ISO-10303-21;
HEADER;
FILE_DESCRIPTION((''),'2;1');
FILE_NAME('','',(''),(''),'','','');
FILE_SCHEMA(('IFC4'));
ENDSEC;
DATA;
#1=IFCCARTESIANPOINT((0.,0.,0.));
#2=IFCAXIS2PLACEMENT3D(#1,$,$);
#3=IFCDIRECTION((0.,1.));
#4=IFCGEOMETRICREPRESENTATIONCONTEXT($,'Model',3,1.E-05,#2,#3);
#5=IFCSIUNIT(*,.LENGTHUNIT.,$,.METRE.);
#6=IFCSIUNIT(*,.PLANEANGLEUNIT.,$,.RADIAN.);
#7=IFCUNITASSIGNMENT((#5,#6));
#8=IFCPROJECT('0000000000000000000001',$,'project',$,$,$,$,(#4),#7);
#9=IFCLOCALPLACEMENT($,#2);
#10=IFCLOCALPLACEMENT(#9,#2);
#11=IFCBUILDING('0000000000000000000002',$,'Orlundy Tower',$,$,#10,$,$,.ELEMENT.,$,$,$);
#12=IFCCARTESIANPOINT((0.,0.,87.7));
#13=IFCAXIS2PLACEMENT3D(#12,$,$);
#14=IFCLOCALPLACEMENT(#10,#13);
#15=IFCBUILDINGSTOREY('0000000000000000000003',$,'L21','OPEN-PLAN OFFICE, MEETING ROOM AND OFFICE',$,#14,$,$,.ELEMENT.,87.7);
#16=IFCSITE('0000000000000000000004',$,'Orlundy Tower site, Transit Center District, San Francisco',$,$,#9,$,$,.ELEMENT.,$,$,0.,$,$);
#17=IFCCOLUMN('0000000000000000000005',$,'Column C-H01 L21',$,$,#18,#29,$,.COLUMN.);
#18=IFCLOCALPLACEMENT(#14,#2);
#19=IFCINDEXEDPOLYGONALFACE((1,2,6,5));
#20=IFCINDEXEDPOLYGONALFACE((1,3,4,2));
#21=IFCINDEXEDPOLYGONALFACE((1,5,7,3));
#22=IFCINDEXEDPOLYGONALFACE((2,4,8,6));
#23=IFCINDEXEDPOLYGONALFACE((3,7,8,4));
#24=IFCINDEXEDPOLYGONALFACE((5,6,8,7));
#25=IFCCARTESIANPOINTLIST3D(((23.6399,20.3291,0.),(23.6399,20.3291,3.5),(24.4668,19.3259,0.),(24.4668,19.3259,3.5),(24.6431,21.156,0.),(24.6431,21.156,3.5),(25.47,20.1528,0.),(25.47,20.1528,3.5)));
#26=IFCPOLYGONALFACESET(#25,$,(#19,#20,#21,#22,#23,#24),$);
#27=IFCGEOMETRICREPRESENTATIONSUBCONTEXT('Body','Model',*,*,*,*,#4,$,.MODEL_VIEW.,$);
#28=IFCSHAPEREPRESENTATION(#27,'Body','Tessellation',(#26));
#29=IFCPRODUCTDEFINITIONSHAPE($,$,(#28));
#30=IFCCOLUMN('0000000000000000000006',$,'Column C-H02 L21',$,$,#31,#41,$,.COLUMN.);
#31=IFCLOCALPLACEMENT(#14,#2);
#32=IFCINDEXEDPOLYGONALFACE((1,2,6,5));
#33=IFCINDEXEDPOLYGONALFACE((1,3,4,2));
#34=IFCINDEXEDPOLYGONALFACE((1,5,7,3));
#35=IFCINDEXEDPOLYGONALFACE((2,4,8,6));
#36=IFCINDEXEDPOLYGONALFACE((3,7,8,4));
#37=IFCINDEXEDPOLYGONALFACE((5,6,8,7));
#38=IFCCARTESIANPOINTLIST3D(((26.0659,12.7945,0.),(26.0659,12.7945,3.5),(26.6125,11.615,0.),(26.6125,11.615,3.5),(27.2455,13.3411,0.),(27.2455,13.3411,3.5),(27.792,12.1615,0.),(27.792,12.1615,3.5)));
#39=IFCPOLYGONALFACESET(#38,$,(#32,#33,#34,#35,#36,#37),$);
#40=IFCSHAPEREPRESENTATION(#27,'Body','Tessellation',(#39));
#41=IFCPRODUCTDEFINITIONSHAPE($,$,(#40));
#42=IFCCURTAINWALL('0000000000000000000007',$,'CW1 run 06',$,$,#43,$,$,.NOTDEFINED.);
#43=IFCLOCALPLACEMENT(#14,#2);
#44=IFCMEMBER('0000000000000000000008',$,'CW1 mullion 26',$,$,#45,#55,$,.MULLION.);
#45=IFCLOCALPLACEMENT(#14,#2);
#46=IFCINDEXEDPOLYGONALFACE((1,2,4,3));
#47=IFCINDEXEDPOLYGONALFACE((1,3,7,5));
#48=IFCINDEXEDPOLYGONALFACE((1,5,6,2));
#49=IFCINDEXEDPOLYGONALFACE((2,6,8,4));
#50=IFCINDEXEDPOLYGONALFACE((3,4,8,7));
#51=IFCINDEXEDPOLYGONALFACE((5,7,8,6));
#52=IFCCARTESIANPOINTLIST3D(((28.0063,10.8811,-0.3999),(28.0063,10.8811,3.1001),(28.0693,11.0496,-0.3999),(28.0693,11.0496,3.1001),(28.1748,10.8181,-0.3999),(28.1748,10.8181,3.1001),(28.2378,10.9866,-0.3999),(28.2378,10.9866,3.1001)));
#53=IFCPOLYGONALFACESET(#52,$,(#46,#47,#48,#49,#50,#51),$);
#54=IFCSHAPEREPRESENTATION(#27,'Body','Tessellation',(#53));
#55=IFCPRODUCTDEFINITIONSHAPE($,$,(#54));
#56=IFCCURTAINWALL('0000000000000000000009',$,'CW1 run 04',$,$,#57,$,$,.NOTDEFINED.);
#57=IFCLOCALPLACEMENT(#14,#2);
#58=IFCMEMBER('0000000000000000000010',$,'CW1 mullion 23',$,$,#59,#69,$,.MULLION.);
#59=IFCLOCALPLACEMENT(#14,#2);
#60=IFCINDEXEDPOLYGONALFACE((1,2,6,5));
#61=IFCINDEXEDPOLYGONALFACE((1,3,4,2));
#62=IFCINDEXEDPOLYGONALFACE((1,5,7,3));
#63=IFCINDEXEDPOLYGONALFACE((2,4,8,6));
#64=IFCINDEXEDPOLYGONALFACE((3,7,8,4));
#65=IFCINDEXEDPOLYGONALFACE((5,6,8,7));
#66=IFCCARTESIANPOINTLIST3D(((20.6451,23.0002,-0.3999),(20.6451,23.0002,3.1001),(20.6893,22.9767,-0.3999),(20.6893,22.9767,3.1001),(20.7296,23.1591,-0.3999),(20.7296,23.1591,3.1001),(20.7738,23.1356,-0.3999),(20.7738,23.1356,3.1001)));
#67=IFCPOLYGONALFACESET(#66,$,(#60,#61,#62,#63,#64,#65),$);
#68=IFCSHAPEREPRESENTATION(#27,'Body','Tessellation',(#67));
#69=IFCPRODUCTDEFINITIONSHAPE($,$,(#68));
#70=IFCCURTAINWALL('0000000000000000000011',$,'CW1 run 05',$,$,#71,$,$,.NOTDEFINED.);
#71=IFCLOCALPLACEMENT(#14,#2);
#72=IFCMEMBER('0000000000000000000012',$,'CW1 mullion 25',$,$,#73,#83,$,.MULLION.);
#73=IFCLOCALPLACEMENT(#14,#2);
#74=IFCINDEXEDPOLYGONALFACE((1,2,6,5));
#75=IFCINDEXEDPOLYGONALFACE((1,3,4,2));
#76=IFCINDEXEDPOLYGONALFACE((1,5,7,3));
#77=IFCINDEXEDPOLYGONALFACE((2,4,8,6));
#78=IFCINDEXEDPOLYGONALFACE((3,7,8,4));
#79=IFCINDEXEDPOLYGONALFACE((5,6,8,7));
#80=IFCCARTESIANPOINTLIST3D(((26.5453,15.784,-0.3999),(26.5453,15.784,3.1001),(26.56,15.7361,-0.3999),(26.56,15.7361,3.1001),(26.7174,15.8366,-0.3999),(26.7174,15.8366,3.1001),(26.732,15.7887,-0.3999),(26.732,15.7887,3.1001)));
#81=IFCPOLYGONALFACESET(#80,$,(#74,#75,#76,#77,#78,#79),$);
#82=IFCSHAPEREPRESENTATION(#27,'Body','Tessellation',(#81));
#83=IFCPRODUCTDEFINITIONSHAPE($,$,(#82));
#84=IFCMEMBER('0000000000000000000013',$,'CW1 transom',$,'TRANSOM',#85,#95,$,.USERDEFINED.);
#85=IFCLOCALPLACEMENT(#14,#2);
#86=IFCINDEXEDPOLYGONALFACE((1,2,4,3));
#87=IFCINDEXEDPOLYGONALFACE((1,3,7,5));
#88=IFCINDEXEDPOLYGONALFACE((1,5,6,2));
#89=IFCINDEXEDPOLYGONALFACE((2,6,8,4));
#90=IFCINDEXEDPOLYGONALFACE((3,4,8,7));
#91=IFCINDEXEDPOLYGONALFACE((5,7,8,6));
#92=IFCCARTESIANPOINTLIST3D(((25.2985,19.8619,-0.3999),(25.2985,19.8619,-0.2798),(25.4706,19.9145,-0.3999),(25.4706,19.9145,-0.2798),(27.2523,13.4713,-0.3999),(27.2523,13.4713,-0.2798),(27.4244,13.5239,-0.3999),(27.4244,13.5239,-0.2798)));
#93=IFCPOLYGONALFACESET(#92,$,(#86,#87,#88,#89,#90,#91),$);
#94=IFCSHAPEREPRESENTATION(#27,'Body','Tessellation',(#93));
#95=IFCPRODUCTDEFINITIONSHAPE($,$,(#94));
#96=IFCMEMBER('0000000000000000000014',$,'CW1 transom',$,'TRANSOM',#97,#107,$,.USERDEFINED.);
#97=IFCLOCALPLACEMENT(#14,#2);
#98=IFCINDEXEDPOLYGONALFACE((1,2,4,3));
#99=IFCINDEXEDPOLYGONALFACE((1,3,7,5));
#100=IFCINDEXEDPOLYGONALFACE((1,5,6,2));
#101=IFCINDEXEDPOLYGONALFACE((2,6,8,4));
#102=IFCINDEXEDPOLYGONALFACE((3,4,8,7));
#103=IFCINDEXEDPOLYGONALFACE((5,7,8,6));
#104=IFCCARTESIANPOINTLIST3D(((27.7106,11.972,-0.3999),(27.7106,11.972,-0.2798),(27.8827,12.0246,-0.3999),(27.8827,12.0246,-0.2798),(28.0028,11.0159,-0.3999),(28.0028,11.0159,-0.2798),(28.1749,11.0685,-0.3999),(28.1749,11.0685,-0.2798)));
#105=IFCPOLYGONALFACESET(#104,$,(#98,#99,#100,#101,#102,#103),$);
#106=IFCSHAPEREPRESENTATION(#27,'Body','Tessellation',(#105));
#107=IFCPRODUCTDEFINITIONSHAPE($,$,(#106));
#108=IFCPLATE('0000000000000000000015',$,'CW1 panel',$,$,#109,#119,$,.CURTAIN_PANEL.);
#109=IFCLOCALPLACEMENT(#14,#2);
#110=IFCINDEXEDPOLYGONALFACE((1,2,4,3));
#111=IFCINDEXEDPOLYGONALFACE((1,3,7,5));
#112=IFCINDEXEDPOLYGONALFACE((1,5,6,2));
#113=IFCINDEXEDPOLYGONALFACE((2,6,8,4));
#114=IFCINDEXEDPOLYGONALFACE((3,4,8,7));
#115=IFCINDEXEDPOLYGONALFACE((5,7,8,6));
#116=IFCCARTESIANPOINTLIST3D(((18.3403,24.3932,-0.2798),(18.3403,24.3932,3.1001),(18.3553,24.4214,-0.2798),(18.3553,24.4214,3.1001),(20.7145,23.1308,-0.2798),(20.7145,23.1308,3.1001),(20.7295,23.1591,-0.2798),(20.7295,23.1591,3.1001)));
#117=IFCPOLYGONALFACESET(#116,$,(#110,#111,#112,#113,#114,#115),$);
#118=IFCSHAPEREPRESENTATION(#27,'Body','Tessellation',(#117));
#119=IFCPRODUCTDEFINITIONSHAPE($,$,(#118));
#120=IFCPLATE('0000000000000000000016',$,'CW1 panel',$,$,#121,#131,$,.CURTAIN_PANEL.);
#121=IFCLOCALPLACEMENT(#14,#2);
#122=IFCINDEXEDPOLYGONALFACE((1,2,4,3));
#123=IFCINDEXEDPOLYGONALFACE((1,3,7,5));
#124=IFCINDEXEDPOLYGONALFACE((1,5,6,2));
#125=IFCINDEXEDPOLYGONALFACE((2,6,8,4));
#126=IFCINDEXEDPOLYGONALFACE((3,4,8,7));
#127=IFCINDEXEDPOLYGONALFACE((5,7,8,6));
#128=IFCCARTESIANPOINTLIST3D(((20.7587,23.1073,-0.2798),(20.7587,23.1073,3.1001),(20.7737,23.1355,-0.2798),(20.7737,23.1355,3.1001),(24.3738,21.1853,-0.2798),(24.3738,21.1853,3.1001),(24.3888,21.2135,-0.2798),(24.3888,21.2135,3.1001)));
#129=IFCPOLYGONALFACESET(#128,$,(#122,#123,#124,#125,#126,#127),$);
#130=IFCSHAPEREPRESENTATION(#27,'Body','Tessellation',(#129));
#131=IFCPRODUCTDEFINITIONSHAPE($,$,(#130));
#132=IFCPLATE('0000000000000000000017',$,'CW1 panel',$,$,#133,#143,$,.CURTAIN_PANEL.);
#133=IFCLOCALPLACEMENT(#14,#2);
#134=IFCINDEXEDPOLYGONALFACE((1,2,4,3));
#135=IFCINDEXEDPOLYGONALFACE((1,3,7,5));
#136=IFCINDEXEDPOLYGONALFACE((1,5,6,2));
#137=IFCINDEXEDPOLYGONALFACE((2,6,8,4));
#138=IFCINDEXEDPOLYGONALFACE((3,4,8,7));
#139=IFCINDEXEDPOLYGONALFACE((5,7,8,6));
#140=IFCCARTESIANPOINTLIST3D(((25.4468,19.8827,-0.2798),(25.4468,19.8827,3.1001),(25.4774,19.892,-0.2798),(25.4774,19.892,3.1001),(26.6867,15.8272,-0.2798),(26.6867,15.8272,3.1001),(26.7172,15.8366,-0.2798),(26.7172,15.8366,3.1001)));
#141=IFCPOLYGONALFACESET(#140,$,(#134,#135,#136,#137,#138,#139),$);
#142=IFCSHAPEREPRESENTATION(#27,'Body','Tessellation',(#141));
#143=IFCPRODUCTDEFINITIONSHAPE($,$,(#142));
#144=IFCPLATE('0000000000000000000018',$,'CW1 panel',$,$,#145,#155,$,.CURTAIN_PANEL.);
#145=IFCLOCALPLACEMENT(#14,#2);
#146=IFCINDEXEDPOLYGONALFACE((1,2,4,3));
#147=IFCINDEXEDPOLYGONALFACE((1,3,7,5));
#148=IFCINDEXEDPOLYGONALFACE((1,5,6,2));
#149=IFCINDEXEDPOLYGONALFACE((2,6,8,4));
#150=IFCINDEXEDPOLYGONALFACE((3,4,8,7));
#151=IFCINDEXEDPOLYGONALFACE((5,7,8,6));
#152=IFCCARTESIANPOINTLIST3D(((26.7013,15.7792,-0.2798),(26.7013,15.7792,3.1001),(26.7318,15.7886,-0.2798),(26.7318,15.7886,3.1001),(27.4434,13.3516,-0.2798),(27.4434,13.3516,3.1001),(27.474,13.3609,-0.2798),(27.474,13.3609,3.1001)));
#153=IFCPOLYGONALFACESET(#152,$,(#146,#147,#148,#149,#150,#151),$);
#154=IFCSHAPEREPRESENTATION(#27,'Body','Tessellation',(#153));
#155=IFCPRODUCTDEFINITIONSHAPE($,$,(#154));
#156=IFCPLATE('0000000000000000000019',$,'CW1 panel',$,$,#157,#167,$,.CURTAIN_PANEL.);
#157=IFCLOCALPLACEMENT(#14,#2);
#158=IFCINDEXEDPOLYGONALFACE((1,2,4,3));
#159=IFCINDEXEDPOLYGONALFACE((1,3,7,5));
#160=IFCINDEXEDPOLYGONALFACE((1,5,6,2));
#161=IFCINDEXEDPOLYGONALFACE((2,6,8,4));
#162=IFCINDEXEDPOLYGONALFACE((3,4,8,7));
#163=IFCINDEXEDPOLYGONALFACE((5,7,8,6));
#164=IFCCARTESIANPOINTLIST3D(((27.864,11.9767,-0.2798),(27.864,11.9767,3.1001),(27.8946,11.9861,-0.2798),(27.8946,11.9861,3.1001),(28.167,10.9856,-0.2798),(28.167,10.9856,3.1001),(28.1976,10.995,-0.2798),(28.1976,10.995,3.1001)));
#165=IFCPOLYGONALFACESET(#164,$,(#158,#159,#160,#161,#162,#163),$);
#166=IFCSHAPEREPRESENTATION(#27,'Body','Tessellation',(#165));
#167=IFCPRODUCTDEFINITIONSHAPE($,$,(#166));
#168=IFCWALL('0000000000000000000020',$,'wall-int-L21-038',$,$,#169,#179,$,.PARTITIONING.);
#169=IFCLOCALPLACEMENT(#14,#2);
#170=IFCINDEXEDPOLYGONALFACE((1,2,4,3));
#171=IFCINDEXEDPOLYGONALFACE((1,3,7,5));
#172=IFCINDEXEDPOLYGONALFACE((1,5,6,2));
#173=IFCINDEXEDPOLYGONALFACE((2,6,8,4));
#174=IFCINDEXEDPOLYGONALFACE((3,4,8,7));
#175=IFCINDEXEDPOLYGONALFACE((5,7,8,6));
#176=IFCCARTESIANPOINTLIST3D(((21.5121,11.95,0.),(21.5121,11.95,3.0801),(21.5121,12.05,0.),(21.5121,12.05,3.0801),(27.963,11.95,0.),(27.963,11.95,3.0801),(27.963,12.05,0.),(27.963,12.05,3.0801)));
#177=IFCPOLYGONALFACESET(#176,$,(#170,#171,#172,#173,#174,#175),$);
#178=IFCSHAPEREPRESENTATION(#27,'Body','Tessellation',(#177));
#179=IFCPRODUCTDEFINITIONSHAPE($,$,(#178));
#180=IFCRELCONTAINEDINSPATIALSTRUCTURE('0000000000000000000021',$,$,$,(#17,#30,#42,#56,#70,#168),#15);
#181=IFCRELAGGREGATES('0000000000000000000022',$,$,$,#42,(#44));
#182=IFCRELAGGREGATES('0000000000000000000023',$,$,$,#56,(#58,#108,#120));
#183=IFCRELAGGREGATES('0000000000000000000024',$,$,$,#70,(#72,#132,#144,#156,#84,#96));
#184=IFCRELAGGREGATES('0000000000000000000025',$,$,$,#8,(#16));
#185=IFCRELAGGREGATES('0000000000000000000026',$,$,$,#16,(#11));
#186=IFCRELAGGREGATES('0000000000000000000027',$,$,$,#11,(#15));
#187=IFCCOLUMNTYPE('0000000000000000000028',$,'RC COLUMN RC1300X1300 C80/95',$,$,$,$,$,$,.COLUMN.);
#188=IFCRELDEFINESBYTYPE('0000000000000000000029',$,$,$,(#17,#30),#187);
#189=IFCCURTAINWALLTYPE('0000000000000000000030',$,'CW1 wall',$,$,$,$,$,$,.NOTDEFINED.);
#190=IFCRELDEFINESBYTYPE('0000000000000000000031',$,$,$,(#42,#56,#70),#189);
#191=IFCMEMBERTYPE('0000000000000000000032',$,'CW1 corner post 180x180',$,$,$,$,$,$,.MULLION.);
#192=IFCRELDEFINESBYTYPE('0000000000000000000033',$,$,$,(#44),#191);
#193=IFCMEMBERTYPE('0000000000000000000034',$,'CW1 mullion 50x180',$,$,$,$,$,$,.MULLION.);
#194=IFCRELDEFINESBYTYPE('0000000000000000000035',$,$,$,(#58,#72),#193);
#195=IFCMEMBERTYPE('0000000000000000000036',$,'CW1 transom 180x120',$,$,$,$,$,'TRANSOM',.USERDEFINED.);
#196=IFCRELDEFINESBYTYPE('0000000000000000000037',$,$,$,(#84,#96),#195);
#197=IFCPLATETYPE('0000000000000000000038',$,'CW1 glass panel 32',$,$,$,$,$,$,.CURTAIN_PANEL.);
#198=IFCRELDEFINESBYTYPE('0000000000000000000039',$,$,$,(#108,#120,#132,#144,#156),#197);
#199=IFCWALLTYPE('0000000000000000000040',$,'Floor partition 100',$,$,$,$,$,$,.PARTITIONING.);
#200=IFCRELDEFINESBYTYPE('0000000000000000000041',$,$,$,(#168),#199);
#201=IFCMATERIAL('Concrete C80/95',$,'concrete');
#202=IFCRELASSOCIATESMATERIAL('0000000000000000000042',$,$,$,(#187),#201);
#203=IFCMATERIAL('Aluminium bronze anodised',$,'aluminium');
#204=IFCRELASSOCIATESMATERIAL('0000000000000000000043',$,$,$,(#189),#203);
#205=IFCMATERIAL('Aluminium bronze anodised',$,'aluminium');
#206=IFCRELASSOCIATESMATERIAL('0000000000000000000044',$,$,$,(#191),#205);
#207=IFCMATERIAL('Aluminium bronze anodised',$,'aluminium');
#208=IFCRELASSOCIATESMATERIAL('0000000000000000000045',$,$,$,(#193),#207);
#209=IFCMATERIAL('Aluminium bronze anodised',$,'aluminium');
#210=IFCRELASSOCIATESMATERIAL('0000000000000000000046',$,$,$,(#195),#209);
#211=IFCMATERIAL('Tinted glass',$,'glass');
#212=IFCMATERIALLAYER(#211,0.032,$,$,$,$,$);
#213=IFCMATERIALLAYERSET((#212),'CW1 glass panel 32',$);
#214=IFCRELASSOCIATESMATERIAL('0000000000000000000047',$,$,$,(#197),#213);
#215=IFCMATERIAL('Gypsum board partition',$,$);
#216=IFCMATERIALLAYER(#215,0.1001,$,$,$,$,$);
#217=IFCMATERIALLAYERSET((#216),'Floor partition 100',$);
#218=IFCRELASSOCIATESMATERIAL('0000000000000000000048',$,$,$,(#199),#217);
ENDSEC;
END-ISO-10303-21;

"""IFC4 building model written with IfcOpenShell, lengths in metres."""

from ifc_helpers import new_model, si_unit, direction, frame, frame_2d, origin, origin_2d, place, context, subcontext, project, spatial, rectangle, extrude, material, layer, layer_set, material_profile, profile_set, type_object, element, aggregate, save


model = new_model("IFC4")

# Units and contexts
model_context = context("Model", 3, precision=1e-05, world=origin(), true_north=direction((0.0, 1.0)))
body_context = subcontext(model_context, "Body", "Model", "MODEL_VIEW")
ifc_project = project(units=[si_unit("LENGTHUNIT", "METRE"), si_unit("PLANEANGLEUNIT", "RADIAN")], contexts=[model_context])

# Site, building, storey
site_placement = place(None, origin())
site = spatial("IfcSite", under=ifc_project, at=site_placement, Name="Orlundy Tower site, Transit Center District, San Francisco", CompositionType="ELEMENT", RefElevation=0.0)
building_placement = place(site_placement, origin())
building = spatial("IfcBuilding", under=site, at=building_placement, Name="Orlundy Tower", CompositionType="ELEMENT")
storey_placement = place(building_placement, frame((0.0, 0.0, 87.7)))
storey = spatial("IfcBuildingStorey", under=building, at=storey_placement, Name="L21", Description="OPEN-PLAN OFFICE, MEETING ROOM AND OFFICE", CompositionType="ELEMENT", Elevation=87.7)

# Columns
ifc_material_1 = material(Name="Concrete C80/95", Category="concrete")
ifc_material_profile_1 = material_profile(ifc_material_1, rectangle(XDim=1.3, YDim=1.3, at=origin_2d()), Name="RC1300X1300")
ifc_profile_set_1 = profile_set([ifc_material_profile_1], Name="Concrete C80/95")
column_type = type_object("IfcColumnType", Name="RC COLUMN RC1300X1300 C80/95", PredefinedType="COLUMN", material=ifc_profile_set_1)
for number, where, z_axis, x_axis, name in (
    (1, (24.5549, 20.241, 0.0), (0.0, 0.0, 1.0), (0.771636, 0.636065, 0.0), "Column C-H01 L21"),
    (2, (26.929, 12.478, 0.0), (0.0, 0.0, 1.0), (0.90733, 0.420418, 0.0), "Column C-H02 L21"),
):
    element("IfcColumn", number, at=place(storey_placement, frame(where, z_axis=z_axis, x_axis=x_axis)), inside=storey, type_object=column_type, Name=name, PredefinedType="COLUMN", context=body_context, shape_type="SweptSolid", body=[
        extrude(rectangle(XDim=1.3, YDim=1.3, at=origin_2d()), origin(), (0.0, 0.0, 1.0), 3.5),
    ])

# Curtain walls, members
ifc_material_2 = material(Name="Aluminium bronze anodised", Category="aluminium")
curtain_wall_type = type_object("IfcCurtainWallType", Name="CW1 wall", PredefinedType="NOTDEFINED", material=ifc_material_2)
curtain_wall_1_placement = place(storey_placement, origin())
curtain_wall_1 = element("IfcCurtainWall", 3, at=curtain_wall_1_placement, inside=storey, type_object=curtain_wall_type, Name="CW1 run 06", PredefinedType="NOTDEFINED")
ifc_material_3 = material(Name="Aluminium bronze anodised", Category="aluminium")
ifc_material_profile_2 = material_profile(ifc_material_3, rectangle(XDim=0.1799, YDim=0.1799, at=origin_2d()), Name="CW1 corner post 180x180")
ifc_profile_set_2 = profile_set([ifc_material_profile_2], Name="Aluminium bronze anodised")
member_type_1 = type_object("IfcMemberType", Name="CW1 corner post 180x180", PredefinedType="MULLION", material=ifc_profile_set_2)
member_1_placement = place(storey_placement, frame((28.1221, 10.9338, -0.3999), z_axis=(0.0, 0.0, 1.0), x_axis=(0.350204, 0.936674, 0.0)))
member_1 = element("IfcMember", 4, at=member_1_placement, type_object=member_type_1, Name="CW1 mullion 26", PredefinedType="MULLION", context=body_context, shape_type="SweptSolid", body=[
    extrude(rectangle(XDim=0.1799, YDim=0.1799, at=origin_2d()), origin(), (0.0, 0.0, 1.0), 3.5),
])
aggregate(curtain_wall_1, [member_1])
curtain_wall_2_placement = place(storey_placement, origin())
curtain_wall_2 = element("IfcCurtainWall", 5, at=curtain_wall_2_placement, inside=storey, type_object=curtain_wall_type, Name="CW1 run 04", PredefinedType="NOTDEFINED")
ifc_material_4 = material(Name="Aluminium bronze anodised", Category="aluminium")
ifc_material_profile_3 = material_profile(ifc_material_4, rectangle(XDim=0.1799, YDim=0.05, at=origin_2d()), Name="CW1 mullion 50x180")
ifc_profile_set_3 = profile_set([ifc_material_profile_3], Name="Aluminium bronze anodised")
member_type_2 = type_object("IfcMemberType", Name="CW1 mullion 50x180", PredefinedType="MULLION", material=ifc_profile_set_3)
member_2_placement = place(storey_placement, frame((20.7095, 23.0679, -0.3999), z_axis=(0.0, 0.0, 1.0), x_axis=(0.469445, 0.882961, 0.0)))
member_2 = element("IfcMember", 6, at=member_2_placement, type_object=member_type_2, Name="CW1 mullion 23", PredefinedType="MULLION", context=body_context, shape_type="SweptSolid", body=[
    extrude(rectangle(XDim=0.1799, YDim=0.05, at=origin_2d()), origin(), (0.0, 0.0, 1.0), 3.5),
])

# Curtain wall, members
curtain_wall_3_placement = place(storey_placement, origin())
curtain_wall_3 = element("IfcCurtainWall", 7, at=curtain_wall_3_placement, inside=storey, type_object=curtain_wall_type, Name="CW1 run 05", PredefinedType="NOTDEFINED")
member_3_placement = place(storey_placement, frame((26.6387, 15.7864, -0.3999), z_axis=(0.0, 0.0, 1.0), x_axis=(0.956308, 0.292362, 0.0)))
member_3 = element("IfcMember", 8, at=member_3_placement, type_object=member_type_2, Name="CW1 mullion 25", PredefinedType="MULLION", context=body_context, shape_type="SweptSolid", body=[
    extrude(rectangle(XDim=0.1799, YDim=0.05, at=origin_2d()), origin(), (0.0, 0.0, 1.0), 3.5),
])
ifc_material_5 = material(Name="Aluminium bronze anodised", Category="aluminium")
ifc_material_profile_4 = material_profile(ifc_material_5, rectangle(XDim=0.1799, YDim=0.1201, at=origin_2d()), Name="CW1 transom 180x120")
ifc_profile_set_4 = profile_set([ifc_material_profile_4], Name="Aluminium bronze anodised")
member_type_3 = type_object("IfcMemberType", Name="CW1 transom 180x120", ElementType="TRANSOM", PredefinedType="USERDEFINED", material=ifc_profile_set_4)
member_4_placement = place(storey_placement, frame((25.3845, 19.8882, -0.3398), z_axis=(0.292378, -0.956303, 0.0), x_axis=(0.956303, 0.292378, 0.0)))
member_4 = element("IfcMember", 9, at=member_4_placement, type_object=member_type_3, Name="CW1 transom", ObjectType="TRANSOM", PredefinedType="USERDEFINED", context=body_context, shape_type="SweptSolid", body=[
    extrude(rectangle(XDim=0.1799, YDim=0.1201, at=origin_2d()), origin(), (0.0, 0.0, 1.0), 6.6826),
])
member_5_placement = place(storey_placement, frame((27.7966, 11.9983, -0.3398), z_axis=(0.292318, -0.956321, 0.0), x_axis=(0.956321, 0.292318, 0.0)))
member_5 = element("IfcMember", 10, at=member_5_placement, type_object=member_type_3, Name="CW1 transom", ObjectType="TRANSOM", PredefinedType="USERDEFINED", context=body_context, shape_type="SweptSolid", body=[
    extrude(rectangle(XDim=0.1799, YDim=0.1201, at=origin_2d()), origin(), (0.0, 0.0, 1.0), 0.9998),
])

# Plates
ifc_material_6 = material(Name="Tinted glass", Category="glass")
ifc_layer_1 = layer(ifc_material_6, 0.032)
ifc_layer_set_1 = layer_set([ifc_layer_1], Name="CW1 glass panel 32")
plate_type = type_object("IfcPlateType", Name="CW1 glass panel 32", PredefinedType="CURTAIN_PANEL", material=ifc_layer_set_1)
plate_1_placement = place(storey_placement, frame((19.5349, 23.7761, -0.2798), z_axis=(0.0, 0.0, 1.0), x_axis=(0.882961, -0.469445, 0.0)))
plate_1 = element("IfcPlate", 11, at=plate_1_placement, type_object=plate_type, Name="CW1 panel", PredefinedType="CURTAIN_PANEL", context=body_context, shape_type="SweptSolid", body=[
    extrude(rectangle(XDim=2.689, YDim=0.032, at=origin_2d()), origin(), (0.0, 0.0, 1.0), 3.3799),
])
plate_2_placement = place(storey_placement, frame((22.5737, 22.1604, -0.2798), z_axis=(0.0, 0.0, 1.0), x_axis=(0.882961, -0.469445, 0.0)))
plate_2 = element("IfcPlate", 12, at=plate_2_placement, type_object=plate_type, Name="CW1 panel", PredefinedType="CURTAIN_PANEL", context=body_context, shape_type="SweptSolid", body=[
    extrude(rectangle(XDim=4.0942, YDim=0.032, at=origin_2d()), origin(), (0.0, 0.0, 1.0), 3.3799),
])
aggregate(curtain_wall_2, [member_2, plate_1, plate_2])
plate_3_placement = place(storey_placement, frame((26.082, 17.8596, -0.2798), z_axis=(0.0, 0.0, 1.0), x_axis=(0.292362, -0.956308, 0.0)))
plate_3 = element("IfcPlate", 13, at=plate_3_placement, type_object=plate_type, Name="CW1 panel", PredefinedType="CURTAIN_PANEL", context=body_context, shape_type="SweptSolid", body=[
    extrude(rectangle(XDim=4.2407, YDim=0.032, at=origin_2d()), origin(), (0.0, 0.0, 1.0), 3.3799),
])
plate_4_placement = place(storey_placement, frame((27.0876, 14.5701, -0.2798), z_axis=(0.0, 0.0, 1.0), x_axis=(0.292362, -0.956308, 0.0)))
plate_4 = element("IfcPlate", 14, at=plate_4_placement, type_object=plate_type, Name="CW1 panel", PredefinedType="CURTAIN_PANEL", context=body_context, shape_type="SweptSolid", body=[
    extrude(rectangle(XDim=2.5386, YDim=0.032, at=origin_2d()), origin(), (0.0, 0.0, 1.0), 3.3799),
])
plate_5_placement = place(storey_placement, frame((28.0308, 11.4858, -0.2798), z_axis=(0.0, 0.0, 1.0), x_axis=(0.292362, -0.956308, 0.0)))
plate_5 = element("IfcPlate", 15, at=plate_5_placement, type_object=plate_type, Name="CW1 panel", PredefinedType="CURTAIN_PANEL", context=body_context, shape_type="SweptSolid", body=[
    extrude(rectangle(XDim=1.0364, YDim=0.032, at=origin_2d()), origin(), (0.0, 0.0, 1.0), 3.3799),
])
aggregate(curtain_wall_3, [member_3, plate_3, plate_4, plate_5, member_4, member_5])

# Wall
ifc_material_7 = material(Name="Gypsum board partition")
ifc_layer_2 = layer(ifc_material_7, 0.1001)
ifc_layer_set_2 = layer_set([ifc_layer_2], Name="Floor partition 100")
wall_type_1 = type_object("IfcWallType", Name="Floor partition 100", PredefinedType="PARTITIONING", material=ifc_layer_set_2)
wall_1_placement = place(storey_placement, frame((21.512, 12.0, 0.0), z_axis=(0.0, 0.0, 1.0), x_axis=(1.0, 0.0, 0.0)))
element("IfcWall", 16, at=wall_1_placement, inside=storey, type_object=wall_type_1, Name="wall-int-L21-038", PredefinedType="PARTITIONING", context=body_context, shape_type="SweptSolid", body=[
    extrude(rectangle(XDim=6.4509, YDim=0.1001, at=frame_2d((3.2256, 0.0))), origin(), (0.0, 0.0, 1.0), 3.0801),
])

save(model, "model.ifc")
